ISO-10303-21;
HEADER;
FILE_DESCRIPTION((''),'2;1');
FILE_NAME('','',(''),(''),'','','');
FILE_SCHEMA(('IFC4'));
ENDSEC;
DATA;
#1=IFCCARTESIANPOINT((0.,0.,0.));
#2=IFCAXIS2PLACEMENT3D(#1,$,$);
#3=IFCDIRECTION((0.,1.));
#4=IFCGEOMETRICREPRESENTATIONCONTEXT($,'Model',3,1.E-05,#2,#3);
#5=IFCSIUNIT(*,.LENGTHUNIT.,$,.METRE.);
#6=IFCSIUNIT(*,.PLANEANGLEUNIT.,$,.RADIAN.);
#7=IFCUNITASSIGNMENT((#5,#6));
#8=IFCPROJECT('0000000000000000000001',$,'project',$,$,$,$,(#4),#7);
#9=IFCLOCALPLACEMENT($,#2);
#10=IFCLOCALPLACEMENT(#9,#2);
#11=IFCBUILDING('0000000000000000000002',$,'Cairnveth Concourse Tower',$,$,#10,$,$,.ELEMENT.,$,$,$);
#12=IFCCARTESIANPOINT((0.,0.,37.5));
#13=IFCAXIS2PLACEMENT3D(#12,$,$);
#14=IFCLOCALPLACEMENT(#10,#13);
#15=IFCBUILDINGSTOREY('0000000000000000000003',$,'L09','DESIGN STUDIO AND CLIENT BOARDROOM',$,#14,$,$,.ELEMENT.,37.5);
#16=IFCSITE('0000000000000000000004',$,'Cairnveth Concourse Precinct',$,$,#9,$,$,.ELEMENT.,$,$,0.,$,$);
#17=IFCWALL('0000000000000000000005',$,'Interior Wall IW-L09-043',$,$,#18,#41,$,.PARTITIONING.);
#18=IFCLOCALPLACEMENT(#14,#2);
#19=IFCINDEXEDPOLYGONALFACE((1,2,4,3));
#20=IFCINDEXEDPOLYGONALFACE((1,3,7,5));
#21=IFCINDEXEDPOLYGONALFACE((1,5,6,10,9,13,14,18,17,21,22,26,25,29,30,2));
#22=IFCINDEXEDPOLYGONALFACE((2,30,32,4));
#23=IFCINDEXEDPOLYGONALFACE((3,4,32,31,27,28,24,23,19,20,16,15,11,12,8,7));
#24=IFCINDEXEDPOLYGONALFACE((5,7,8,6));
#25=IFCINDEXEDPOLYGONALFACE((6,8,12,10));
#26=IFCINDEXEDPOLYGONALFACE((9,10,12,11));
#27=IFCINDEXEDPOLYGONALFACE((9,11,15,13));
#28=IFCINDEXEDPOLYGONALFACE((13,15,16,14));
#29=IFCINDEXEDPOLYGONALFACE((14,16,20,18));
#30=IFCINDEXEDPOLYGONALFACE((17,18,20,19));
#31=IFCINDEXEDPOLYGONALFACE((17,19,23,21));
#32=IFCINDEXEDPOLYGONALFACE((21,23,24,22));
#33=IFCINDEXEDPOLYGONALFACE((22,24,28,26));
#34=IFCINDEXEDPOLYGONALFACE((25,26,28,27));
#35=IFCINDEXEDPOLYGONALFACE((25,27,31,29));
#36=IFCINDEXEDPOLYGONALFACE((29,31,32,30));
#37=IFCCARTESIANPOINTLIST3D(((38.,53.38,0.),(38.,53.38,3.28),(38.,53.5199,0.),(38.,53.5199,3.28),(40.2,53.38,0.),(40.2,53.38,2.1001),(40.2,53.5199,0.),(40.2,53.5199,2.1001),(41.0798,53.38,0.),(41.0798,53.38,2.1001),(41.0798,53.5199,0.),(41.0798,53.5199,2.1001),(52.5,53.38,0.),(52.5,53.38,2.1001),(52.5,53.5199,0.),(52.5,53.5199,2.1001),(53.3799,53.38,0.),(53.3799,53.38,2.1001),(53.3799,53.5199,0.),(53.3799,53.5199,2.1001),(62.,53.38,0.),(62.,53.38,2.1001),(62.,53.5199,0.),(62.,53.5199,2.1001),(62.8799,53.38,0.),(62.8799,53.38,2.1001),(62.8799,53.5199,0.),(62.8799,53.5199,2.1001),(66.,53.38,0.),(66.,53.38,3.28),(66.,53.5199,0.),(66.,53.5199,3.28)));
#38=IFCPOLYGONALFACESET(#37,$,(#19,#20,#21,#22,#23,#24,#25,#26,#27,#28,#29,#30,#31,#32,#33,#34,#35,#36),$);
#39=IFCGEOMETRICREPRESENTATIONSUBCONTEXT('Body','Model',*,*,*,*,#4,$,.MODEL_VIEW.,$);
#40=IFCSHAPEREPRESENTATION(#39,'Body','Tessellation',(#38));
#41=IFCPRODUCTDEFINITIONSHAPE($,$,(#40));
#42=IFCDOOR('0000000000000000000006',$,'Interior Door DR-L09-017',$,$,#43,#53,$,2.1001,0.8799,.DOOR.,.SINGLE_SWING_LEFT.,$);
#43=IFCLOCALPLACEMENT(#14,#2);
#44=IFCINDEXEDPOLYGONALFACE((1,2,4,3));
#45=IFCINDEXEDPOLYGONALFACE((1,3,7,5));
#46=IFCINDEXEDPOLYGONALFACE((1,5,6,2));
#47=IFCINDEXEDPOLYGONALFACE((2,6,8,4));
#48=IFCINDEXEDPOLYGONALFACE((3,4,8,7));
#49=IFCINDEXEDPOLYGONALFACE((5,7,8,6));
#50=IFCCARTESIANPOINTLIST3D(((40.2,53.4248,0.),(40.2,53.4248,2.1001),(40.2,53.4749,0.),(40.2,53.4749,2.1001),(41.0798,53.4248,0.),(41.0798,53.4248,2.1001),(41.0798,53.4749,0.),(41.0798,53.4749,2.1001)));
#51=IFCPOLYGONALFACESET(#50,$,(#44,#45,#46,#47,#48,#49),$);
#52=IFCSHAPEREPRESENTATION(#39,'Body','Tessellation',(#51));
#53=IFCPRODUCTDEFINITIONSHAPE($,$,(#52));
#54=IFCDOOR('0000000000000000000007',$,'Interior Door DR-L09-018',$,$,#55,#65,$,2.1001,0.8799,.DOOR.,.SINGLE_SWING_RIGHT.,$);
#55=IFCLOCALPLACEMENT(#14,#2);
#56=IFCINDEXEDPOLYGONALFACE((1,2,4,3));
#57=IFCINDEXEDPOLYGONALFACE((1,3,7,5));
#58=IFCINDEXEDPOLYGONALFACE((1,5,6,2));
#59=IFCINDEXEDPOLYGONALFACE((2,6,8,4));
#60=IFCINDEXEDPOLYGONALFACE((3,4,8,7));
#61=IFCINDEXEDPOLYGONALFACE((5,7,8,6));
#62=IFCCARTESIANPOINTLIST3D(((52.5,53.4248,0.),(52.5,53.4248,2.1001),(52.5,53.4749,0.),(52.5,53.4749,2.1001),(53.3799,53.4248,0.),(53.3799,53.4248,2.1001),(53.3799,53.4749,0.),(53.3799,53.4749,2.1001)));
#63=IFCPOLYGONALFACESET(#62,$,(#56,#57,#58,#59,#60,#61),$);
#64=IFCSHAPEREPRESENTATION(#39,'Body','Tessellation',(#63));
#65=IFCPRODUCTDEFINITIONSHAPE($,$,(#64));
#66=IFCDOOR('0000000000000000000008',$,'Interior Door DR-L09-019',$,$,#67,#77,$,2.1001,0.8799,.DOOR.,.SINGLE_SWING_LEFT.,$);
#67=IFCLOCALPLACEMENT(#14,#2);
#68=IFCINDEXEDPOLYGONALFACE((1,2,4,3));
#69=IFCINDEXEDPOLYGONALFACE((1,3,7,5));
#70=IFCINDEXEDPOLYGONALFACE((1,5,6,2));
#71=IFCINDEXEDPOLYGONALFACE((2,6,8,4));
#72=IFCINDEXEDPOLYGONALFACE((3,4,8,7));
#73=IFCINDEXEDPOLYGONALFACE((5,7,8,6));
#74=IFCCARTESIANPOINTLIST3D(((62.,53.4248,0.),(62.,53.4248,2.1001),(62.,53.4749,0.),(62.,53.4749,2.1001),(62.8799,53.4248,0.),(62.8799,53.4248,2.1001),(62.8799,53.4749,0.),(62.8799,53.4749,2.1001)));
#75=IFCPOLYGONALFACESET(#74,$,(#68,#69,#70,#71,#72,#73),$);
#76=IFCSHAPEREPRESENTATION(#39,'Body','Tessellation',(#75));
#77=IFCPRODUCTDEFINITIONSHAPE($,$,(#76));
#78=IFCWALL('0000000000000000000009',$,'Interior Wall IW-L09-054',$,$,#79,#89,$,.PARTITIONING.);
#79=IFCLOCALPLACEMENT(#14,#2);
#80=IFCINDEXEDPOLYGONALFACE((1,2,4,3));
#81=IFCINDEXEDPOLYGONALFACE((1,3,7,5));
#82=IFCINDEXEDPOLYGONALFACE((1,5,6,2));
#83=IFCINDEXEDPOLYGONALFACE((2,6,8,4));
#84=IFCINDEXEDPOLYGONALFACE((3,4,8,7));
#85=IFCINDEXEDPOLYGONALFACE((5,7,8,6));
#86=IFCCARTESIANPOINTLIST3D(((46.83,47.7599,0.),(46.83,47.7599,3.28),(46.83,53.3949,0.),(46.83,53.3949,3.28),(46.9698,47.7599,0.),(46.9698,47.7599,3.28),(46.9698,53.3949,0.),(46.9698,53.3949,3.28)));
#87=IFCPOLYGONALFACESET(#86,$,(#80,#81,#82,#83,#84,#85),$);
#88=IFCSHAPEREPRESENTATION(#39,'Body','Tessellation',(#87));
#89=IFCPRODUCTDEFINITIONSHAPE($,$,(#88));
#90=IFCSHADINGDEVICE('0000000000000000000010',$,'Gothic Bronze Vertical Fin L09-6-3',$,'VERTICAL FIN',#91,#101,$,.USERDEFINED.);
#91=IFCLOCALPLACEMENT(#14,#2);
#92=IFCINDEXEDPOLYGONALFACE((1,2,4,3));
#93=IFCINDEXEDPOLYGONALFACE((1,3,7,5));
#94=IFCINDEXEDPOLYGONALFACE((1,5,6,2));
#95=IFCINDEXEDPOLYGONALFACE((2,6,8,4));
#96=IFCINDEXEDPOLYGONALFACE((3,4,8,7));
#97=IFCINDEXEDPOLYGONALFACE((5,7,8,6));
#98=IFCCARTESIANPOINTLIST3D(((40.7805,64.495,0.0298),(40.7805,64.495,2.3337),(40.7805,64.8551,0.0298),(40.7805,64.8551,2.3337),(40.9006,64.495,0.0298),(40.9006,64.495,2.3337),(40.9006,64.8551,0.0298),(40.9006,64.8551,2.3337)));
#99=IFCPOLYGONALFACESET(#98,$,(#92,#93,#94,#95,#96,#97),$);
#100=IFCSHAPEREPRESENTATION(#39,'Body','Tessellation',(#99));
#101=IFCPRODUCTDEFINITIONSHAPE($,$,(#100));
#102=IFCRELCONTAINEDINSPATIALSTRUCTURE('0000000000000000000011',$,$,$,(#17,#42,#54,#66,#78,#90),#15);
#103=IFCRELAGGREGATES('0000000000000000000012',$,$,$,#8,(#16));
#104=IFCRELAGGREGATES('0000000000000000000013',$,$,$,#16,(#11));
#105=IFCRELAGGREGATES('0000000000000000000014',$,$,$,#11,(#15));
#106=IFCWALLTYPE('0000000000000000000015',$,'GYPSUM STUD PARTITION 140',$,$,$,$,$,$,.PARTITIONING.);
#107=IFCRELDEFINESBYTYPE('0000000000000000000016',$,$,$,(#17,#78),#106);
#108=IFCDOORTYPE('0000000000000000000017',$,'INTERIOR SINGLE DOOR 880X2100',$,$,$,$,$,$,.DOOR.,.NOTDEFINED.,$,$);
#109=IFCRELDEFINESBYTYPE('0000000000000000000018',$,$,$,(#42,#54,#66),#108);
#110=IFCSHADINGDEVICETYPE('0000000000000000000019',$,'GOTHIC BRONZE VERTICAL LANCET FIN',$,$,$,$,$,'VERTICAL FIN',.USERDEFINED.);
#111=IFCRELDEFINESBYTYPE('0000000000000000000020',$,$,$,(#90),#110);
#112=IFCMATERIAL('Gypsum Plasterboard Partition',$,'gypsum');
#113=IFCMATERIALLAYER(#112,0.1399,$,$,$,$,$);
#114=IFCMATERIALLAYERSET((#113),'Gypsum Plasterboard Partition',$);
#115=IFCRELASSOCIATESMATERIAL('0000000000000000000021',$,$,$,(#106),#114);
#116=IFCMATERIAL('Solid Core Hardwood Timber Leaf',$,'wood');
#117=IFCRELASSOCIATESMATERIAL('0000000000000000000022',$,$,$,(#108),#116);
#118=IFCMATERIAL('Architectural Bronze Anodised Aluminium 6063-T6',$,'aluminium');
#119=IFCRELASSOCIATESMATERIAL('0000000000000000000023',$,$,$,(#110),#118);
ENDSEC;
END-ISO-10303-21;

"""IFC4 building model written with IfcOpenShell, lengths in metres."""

from ifc_helpers import new_model, si_unit, direction, frame, frame_2d, origin, origin_2d, place, context, subcontext, project, spatial, rectangle, extrude, material, layer, layer_set, type_object, element, fill, save


model = new_model("IFC4")

# Units and contexts
model_context = context("Model", 3, precision=1e-05, world=origin(), true_north=direction((0.0, 1.0)))
body_context = subcontext(model_context, "Body", "Model", "MODEL_VIEW")
ifc_project = project(units=[si_unit("LENGTHUNIT", "METRE"), si_unit("PLANEANGLEUNIT", "RADIAN")], contexts=[model_context])

# Site, building, storey
site_placement = place(None, origin())
site = spatial("IfcSite", under=ifc_project, at=site_placement, Name="Cairnveth Concourse Precinct", CompositionType="ELEMENT", RefElevation=0.0)
building_placement = place(site_placement, origin())
building = spatial("IfcBuilding", under=site, at=building_placement, Name="Cairnveth Concourse Tower", CompositionType="ELEMENT")
storey_placement = place(building_placement, frame((0.0, 0.0, 37.5)))
storey = spatial("IfcBuildingStorey", under=building, at=storey_placement, Name="L09", Description="DESIGN STUDIO AND CLIENT BOARDROOM", CompositionType="ELEMENT", Elevation=37.5)

# Wall, openings, doors
ifc_material_1 = material(Name="Gypsum Plasterboard Partition", Category="gypsum")
ifc_layer_1 = layer(ifc_material_1, 0.1399)
ifc_layer_set_1 = layer_set([ifc_layer_1], Name="Gypsum Plasterboard Partition")
wall_type_1 = type_object("IfcWallType", Name="GYPSUM STUD PARTITION 140", PredefinedType="PARTITIONING", material=ifc_layer_set_1)
ifc_material_2 = material(Name="Solid Core Hardwood Timber Leaf", Category="wood")
wall_1_placement = place(storey_placement, frame((38.0, 53.45, 0.0), z_axis=(0.0, 0.0, 1.0), x_axis=(1.0, 0.0, 0.0)))
wall_1 = element("IfcWall", 1, at=wall_1_placement, inside=storey, type_object=wall_type_1, Name="Interior Wall IW-L09-043", PredefinedType="PARTITIONING", context=body_context, shape_type="SweptSolid", body=[
    extrude(rectangle(XDim=28.0, YDim=0.1399, at=frame_2d((14.0, 0.0))), origin(), (0.0, 0.0, 1.0), 3.28),
])
opening_1_placement = place(wall_1_placement, frame((2.2, 0.0, 0.0)))
opening_1 = element("IfcOpeningElement", 2, at=opening_1_placement, cuts=wall_1, PredefinedType="OPENING", context=body_context, shape_type="SweptSolid", body=[
    extrude(rectangle(XDim=0.8799, YDim=2.1001, at=frame_2d((0.4399, 1.05))), frame((0.0, 0.0798, 0.0), z_axis=(0.0, -1.0, 0.0), x_axis=(1.0, 0.0, 0.0)), (0.0, 0.0, 1.0), 0.1599),
])
opening_2_placement = place(wall_1_placement, frame((14.5, 0.0, 0.0)))
opening_2 = element("IfcOpeningElement", 3, at=opening_2_placement, cuts=wall_1, PredefinedType="OPENING", context=body_context, shape_type="SweptSolid", body=[
    extrude(rectangle(XDim=0.8799, YDim=2.1001, at=frame_2d((0.4399, 1.05))), frame((0.0, 0.0798, 0.0), z_axis=(0.0, -1.0, 0.0), x_axis=(1.0, 0.0, 0.0)), (0.0, 0.0, 1.0), 0.1599),
])
opening_3_placement = place(wall_1_placement, frame((24.0, 0.0, 0.0)))
opening_3 = element("IfcOpeningElement", 4, at=opening_3_placement, cuts=wall_1, PredefinedType="OPENING", context=body_context, shape_type="SweptSolid", body=[
    extrude(rectangle(XDim=0.8799, YDim=2.1001, at=frame_2d((0.4399, 1.05))), frame((0.0, 0.0798, 0.0), z_axis=(0.0, -1.0, 0.0), x_axis=(1.0, 0.0, 0.0)), (0.0, 0.0, 1.0), 0.1599),
])
door_type_1 = type_object("IfcDoorType", Name="INTERIOR SINGLE DOOR 880X2100", OperationType="NOTDEFINED", PredefinedType="DOOR", material=ifc_material_2)
door_1_placement = place(opening_1_placement, origin())
door_1 = element("IfcDoor", 5, at=door_1_placement, inside=storey, type_object=door_type_1, Name="Interior Door DR-L09-017", OperationType="SINGLE_SWING_LEFT", OverallHeight=2.1001, OverallWidth=0.8799, PredefinedType="DOOR", context=body_context, shape_type="SweptSolid", body=[
    extrude(rectangle(XDim=0.8799, YDim=2.1001, at=frame_2d((0.4399, 1.05))), frame((0.0, 0.0249, 0.0), z_axis=(0.0, -1.0, 0.0), x_axis=(1.0, 0.0, 0.0)), (0.0, 0.0, 1.0), 0.05),
])
fill(opening_1, door_1)
door_2_placement = place(opening_2_placement, origin())
door_2 = element("IfcDoor", 6, at=door_2_placement, inside=storey, type_object=door_type_1, Name="Interior Door DR-L09-018", OperationType="SINGLE_SWING_RIGHT", OverallHeight=2.1001, OverallWidth=0.8799, PredefinedType="DOOR", context=body_context, shape_type="SweptSolid", body=[
    extrude(rectangle(XDim=0.8799, YDim=2.1001, at=frame_2d((0.4399, 1.05))), frame((0.0, 0.0249, 0.0), z_axis=(0.0, -1.0, 0.0), x_axis=(1.0, 0.0, 0.0)), (0.0, 0.0, 1.0), 0.05),
])
fill(opening_2, door_2)
door_3_placement = place(opening_3_placement, origin())
door_3 = element("IfcDoor", 7, at=door_3_placement, inside=storey, type_object=door_type_1, Name="Interior Door DR-L09-019", OperationType="SINGLE_SWING_LEFT", OverallHeight=2.1001, OverallWidth=0.8799, PredefinedType="DOOR", context=body_context, shape_type="SweptSolid", body=[
    extrude(rectangle(XDim=0.8799, YDim=2.1001, at=frame_2d((0.4399, 1.05))), frame((0.0, 0.0249, 0.0), z_axis=(0.0, -1.0, 0.0), x_axis=(1.0, 0.0, 0.0)), (0.0, 0.0, 1.0), 0.05),
])
fill(opening_3, door_3)

# Wall
wall_2_placement = place(storey_placement, frame((46.8999, 47.76, 0.0), z_axis=(0.0, 0.0, 1.0), x_axis=(0.0, 1.0, 0.0)))
element("IfcWall", 8, at=wall_2_placement, inside=storey, type_object=wall_type_1, Name="Interior Wall IW-L09-054", PredefinedType="PARTITIONING", context=body_context, shape_type="SweptSolid", body=[
    extrude(rectangle(XDim=5.635, YDim=0.1399, at=frame_2d((2.8174, 0.0))), origin(), (0.0, 0.0, 1.0), 3.28),
])

# Shading device
ifc_material_3 = material(Name="Architectural Bronze Anodised Aluminium 6063-T6", Category="aluminium")
shading_device_type = type_object("IfcShadingDeviceType", Name="GOTHIC BRONZE VERTICAL LANCET FIN", ElementType="VERTICAL FIN", PredefinedType="USERDEFINED", material=ifc_material_3)
shading_device_placement = place(storey_placement, frame((40.8406, 64.675, 0.0298), z_axis=(0.0, 0.0, 1.0), x_axis=(1.0, 0.0, 0.0)))
element("IfcShadingDevice", 9, at=shading_device_placement, inside=storey, type_object=shading_device_type, Name="Gothic Bronze Vertical Fin L09-6-3", ObjectType="VERTICAL FIN", PredefinedType="USERDEFINED", context=body_context, shape_type="SweptSolid", body=[
    extrude(rectangle(XDim=0.1201, YDim=0.3601, at=origin_2d()), origin(), (0.0, 0.0, 1.0), 2.304),
])

save(model, "model.ifc")
